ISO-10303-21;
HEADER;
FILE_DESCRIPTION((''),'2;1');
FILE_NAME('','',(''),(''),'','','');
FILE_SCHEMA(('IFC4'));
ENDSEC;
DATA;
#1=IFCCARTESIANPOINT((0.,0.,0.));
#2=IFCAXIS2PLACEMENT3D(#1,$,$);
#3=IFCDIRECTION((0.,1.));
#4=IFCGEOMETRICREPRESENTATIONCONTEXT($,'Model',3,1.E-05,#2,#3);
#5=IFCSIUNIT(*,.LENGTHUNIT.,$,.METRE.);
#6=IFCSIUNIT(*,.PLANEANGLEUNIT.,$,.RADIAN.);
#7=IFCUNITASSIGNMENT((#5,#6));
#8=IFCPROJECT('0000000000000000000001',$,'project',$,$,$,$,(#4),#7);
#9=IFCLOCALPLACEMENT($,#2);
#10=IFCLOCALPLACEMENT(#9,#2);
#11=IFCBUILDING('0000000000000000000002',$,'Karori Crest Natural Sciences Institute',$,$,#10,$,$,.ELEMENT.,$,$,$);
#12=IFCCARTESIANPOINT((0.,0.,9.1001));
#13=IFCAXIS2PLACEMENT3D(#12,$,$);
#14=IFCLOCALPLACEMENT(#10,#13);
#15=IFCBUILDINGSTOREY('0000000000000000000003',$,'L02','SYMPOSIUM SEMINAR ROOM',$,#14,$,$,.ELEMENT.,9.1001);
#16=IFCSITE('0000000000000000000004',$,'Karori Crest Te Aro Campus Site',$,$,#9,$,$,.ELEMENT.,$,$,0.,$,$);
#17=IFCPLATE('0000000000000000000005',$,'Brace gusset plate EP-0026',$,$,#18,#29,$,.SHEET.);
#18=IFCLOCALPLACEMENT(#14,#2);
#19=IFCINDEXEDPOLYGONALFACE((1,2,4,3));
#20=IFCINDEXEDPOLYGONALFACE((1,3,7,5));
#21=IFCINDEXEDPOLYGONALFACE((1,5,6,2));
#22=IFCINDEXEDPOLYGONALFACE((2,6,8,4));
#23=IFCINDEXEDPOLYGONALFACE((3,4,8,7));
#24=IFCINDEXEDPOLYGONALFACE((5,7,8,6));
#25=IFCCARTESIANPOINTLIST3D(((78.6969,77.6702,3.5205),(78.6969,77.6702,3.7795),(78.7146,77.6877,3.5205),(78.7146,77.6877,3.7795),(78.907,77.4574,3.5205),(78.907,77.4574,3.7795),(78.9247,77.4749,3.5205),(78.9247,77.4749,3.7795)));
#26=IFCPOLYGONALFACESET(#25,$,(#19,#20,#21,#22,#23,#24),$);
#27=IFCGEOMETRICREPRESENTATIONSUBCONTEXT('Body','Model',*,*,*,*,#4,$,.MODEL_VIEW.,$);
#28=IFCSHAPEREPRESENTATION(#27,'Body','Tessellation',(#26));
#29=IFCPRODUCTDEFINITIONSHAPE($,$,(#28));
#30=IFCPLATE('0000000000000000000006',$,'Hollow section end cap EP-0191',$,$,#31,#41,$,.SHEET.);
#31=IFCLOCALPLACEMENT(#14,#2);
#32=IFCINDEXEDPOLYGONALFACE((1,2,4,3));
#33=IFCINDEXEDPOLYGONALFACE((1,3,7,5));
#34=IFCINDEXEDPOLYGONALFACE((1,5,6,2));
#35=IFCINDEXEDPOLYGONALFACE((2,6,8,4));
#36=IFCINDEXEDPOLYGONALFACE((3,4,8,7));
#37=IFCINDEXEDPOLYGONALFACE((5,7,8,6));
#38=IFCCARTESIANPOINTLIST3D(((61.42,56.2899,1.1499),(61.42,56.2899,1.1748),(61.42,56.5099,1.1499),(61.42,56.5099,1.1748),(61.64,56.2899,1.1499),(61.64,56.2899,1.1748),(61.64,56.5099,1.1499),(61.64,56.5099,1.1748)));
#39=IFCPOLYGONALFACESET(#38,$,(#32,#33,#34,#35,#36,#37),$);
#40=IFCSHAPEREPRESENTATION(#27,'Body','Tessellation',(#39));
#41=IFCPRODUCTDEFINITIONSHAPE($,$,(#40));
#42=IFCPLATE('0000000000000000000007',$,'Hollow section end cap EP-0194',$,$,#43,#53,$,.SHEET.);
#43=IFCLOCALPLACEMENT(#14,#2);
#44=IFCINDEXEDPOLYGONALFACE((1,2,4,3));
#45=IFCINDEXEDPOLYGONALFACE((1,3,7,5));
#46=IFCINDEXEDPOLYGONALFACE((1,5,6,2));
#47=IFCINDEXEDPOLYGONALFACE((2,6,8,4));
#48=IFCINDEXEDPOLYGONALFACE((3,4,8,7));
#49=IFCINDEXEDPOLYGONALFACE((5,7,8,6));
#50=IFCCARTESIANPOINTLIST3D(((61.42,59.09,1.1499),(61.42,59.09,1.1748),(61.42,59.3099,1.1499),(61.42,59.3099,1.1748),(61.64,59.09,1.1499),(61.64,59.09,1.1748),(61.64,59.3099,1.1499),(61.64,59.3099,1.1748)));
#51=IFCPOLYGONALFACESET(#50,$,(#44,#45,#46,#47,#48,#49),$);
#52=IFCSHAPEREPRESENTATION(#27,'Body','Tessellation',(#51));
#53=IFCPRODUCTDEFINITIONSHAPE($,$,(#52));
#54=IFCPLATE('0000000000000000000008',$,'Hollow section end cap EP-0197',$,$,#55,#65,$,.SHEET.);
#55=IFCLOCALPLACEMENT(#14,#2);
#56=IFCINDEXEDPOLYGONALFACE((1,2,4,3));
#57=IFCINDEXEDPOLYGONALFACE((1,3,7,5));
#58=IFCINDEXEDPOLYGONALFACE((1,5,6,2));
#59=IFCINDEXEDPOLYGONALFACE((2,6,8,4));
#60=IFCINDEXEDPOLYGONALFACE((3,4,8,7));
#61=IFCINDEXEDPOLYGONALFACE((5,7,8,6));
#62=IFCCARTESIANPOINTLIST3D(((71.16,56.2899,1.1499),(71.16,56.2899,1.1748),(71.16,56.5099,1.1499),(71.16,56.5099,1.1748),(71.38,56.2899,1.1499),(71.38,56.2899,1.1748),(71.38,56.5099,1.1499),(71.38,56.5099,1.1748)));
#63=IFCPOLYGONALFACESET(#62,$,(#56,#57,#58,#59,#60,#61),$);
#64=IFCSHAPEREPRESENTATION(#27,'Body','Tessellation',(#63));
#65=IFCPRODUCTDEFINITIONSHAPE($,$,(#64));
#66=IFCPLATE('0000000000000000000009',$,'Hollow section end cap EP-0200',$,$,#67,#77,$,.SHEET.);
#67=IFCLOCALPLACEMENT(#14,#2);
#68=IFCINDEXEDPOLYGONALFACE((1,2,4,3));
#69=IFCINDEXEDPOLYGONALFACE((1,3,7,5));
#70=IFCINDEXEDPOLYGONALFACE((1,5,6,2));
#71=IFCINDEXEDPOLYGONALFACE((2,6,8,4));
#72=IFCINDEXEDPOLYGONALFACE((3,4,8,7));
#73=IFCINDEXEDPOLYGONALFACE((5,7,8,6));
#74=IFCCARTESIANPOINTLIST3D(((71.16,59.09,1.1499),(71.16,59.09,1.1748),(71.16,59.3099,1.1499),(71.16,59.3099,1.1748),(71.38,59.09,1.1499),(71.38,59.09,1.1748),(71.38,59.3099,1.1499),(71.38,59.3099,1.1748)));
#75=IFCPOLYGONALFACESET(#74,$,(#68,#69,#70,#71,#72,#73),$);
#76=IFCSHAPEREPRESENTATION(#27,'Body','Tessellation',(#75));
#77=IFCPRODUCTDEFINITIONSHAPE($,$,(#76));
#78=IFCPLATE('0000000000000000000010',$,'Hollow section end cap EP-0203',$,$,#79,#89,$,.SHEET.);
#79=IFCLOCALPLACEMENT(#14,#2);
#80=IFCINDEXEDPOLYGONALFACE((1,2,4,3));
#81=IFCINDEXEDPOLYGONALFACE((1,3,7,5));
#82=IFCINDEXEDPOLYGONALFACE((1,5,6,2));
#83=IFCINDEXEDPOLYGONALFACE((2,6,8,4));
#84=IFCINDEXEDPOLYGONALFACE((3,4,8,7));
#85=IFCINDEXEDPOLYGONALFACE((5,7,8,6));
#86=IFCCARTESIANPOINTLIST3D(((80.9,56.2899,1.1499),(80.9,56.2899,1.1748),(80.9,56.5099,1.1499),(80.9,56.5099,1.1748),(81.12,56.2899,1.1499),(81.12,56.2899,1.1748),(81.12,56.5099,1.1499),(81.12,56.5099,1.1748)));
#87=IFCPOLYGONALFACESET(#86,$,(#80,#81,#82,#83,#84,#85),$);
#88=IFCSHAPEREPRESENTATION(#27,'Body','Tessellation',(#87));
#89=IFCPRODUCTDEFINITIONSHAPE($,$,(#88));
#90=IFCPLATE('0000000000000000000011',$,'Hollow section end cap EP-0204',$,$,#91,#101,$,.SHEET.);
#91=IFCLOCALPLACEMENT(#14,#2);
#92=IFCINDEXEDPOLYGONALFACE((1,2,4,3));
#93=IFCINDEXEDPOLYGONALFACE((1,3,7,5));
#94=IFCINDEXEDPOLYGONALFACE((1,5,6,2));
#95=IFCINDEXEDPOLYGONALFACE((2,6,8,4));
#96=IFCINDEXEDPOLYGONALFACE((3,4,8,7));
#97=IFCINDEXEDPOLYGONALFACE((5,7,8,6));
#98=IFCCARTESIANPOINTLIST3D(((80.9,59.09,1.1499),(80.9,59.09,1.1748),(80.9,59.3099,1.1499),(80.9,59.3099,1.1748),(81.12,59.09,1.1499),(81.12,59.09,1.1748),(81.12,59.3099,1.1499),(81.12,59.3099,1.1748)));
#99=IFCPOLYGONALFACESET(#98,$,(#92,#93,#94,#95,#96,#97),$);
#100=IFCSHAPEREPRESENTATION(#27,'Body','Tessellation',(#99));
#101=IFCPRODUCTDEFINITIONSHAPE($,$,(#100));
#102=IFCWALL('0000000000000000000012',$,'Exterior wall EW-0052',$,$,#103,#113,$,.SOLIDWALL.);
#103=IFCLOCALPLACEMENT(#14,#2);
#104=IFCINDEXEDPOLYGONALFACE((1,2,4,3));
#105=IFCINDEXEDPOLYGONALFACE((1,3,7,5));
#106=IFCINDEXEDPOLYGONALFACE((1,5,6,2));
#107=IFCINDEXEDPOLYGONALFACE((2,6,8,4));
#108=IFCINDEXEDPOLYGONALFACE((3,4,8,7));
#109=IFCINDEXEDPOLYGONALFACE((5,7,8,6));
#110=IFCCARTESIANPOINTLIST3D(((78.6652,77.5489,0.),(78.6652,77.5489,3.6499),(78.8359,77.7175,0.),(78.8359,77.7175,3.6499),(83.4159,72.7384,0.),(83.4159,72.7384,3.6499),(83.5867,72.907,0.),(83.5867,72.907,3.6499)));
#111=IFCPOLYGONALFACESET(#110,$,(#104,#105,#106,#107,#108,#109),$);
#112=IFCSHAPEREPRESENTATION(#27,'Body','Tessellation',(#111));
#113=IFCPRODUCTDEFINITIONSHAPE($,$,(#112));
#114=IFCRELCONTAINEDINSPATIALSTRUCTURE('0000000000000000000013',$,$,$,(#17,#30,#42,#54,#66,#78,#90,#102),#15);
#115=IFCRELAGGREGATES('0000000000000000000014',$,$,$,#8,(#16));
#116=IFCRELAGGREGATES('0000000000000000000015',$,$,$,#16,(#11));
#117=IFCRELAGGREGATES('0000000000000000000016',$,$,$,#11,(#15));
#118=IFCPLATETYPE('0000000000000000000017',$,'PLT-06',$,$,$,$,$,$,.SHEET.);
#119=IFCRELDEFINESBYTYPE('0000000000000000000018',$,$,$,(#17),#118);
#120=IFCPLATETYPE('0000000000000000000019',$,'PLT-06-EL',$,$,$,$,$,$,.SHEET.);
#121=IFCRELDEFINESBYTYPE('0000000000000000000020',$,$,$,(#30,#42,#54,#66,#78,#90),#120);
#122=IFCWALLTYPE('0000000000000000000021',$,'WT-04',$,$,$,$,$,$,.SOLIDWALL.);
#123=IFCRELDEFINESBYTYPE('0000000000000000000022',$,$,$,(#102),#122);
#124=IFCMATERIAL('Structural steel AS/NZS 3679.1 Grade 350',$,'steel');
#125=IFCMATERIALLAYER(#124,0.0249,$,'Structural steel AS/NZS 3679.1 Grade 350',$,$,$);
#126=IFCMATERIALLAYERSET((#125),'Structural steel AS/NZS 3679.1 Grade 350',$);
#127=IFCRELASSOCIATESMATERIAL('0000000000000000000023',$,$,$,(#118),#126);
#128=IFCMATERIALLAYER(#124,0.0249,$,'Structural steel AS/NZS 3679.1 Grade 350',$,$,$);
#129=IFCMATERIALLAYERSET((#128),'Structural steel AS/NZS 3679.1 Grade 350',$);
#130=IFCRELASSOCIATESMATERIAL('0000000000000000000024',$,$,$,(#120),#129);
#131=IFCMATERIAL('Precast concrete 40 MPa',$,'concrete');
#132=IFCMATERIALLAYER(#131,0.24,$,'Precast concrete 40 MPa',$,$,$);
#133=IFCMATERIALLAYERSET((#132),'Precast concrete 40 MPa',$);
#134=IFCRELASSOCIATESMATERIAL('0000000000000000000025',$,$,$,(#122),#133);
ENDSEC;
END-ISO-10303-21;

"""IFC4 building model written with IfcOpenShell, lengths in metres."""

from ifc_helpers import new_model, si_unit, direction, frame, frame_2d, origin, origin_2d, place, context, subcontext, project, spatial, rectangle, extrude, material, layer, layer_set, type_object, element, save


model = new_model("IFC4")

# Units and contexts
model_context = context("Model", 3, precision=1e-05, world=origin(), true_north=direction((0.0, 1.0)))
body_context = subcontext(model_context, "Body", "Model", "MODEL_VIEW")
ifc_project = project(units=[si_unit("LENGTHUNIT", "METRE"), si_unit("PLANEANGLEUNIT", "RADIAN")], contexts=[model_context])

# Site, building, storey
site_placement = place(None, origin())
site = spatial("IfcSite", under=ifc_project, at=site_placement, Name="Karori Crest Te Aro Campus Site", CompositionType="ELEMENT", RefElevation=0.0)
building_placement = place(site_placement, origin())
building = spatial("IfcBuilding", under=site, at=building_placement, Name="Karori Crest Natural Sciences Institute", CompositionType="ELEMENT")
storey_placement = place(building_placement, frame((0.0, 0.0, 9.1001)))
storey = spatial("IfcBuildingStorey", under=building, at=storey_placement, Name="L02", Description="SYMPOSIUM SEMINAR ROOM", CompositionType="ELEMENT", Elevation=9.1001)

# Shared definitions
ifc_material_1 = material(Name="Structural steel AS/NZS 3679.1 Grade 350", Category="steel")

# Plates
ifc_layer_1 = layer(ifc_material_1, 0.0249, Name="Structural steel AS/NZS 3679.1 Grade 350")
ifc_layer_set_1 = layer_set([ifc_layer_1], Name="Structural steel AS/NZS 3679.1 Grade 350")
plate_type_1 = type_object("IfcPlateType", Name="PLT-06", PredefinedType="SHEET", material=ifc_layer_set_1)
for number, where, z_axis, x_axis, name in (
    (1, (78.8108, 77.5725, 3.5205), (0.0, 0.0, 1.0), (-0.702664, 0.711522, 0.0), "Brace gusset plate EP-0026"),
):
    element("IfcPlate", number, at=place(storey_placement, frame(where, z_axis=z_axis, x_axis=x_axis)), inside=storey, type_object=plate_type_1, Name=name, PredefinedType="SHEET", context=body_context, shape_type="SweptSolid", body=[
        extrude(rectangle(XDim=0.2991, YDim=0.0249, at=origin_2d()), origin(), (0.0, 0.0, 1.0), 0.259),
    ])
ifc_layer_2 = layer(ifc_material_1, 0.0249, Name="Structural steel AS/NZS 3679.1 Grade 350")
ifc_layer_set_2 = layer_set([ifc_layer_2], Name="Structural steel AS/NZS 3679.1 Grade 350")
plate_type_2 = type_object("IfcPlateType", Name="PLT-06-EL", PredefinedType="SHEET", material=ifc_layer_set_2)
for number, where, z_axis, x_axis, name in (
    (2, (61.53, 56.3999, 1.1499), (0.0, 0.0, 1.0), (1.0, 0.0, 0.0), "Hollow section end cap EP-0191"),
    (3, (61.53, 59.2, 1.1499), (0.0, 0.0, 1.0), (1.0, 0.0, 0.0), "Hollow section end cap EP-0194"),
    (4, (71.27, 56.3999, 1.1499), (0.0, 0.0, 1.0), (1.0, 0.0, 0.0), "Hollow section end cap EP-0197"),
    (5, (71.27, 59.2, 1.1499), (0.0, 0.0, 1.0), (1.0, 0.0, 0.0), "Hollow section end cap EP-0200"),
    (6, (81.01, 56.3999, 1.1499), (0.0, 0.0, 1.0), (1.0, 0.0, 0.0), "Hollow section end cap EP-0203"),
    (7, (81.01, 59.2, 1.1499), (0.0, 0.0, 1.0), (1.0, 0.0, 0.0), "Hollow section end cap EP-0204"),
):
    element("IfcPlate", number, at=place(storey_placement, frame(where, z_axis=z_axis, x_axis=x_axis)), inside=storey, type_object=plate_type_2, Name=name, PredefinedType="SHEET", context=body_context, shape_type="SweptSolid", body=[
        extrude(rectangle(XDim=0.22, YDim=0.22, at=origin_2d()), origin(), (0.0, 0.0, 1.0), 0.0249),
    ])

# Wall
ifc_material_2 = material(Name="Precast concrete 40 MPa", Category="concrete")
ifc_layer_3 = layer(ifc_material_2, 0.24, Name="Precast concrete 40 MPa")
ifc_layer_set_3 = layer_set([ifc_layer_3], Name="Precast concrete 40 MPa")
wall_type = type_object("IfcWallType", Name="WT-04", PredefinedType="SOLIDWALL", material=ifc_layer_set_3)
wall_placement = place(storey_placement, frame((83.5012, 72.8228, 0.0), z_axis=(0.0, 0.0, 1.0), x_axis=(-0.702669, 0.711516, 0.0)))
element("IfcWall", 8, at=wall_placement, inside=storey, type_object=wall_type, Name="Exterior wall EW-0052", PredefinedType="SOLIDWALL", context=body_context, shape_type="SweptSolid", body=[
    extrude(rectangle(XDim=6.761, YDim=0.24, at=frame_2d((3.3804, 0.0))), origin(), (0.0, 0.0, 1.0), 3.6499),
])

save(model, "model.ifc")
